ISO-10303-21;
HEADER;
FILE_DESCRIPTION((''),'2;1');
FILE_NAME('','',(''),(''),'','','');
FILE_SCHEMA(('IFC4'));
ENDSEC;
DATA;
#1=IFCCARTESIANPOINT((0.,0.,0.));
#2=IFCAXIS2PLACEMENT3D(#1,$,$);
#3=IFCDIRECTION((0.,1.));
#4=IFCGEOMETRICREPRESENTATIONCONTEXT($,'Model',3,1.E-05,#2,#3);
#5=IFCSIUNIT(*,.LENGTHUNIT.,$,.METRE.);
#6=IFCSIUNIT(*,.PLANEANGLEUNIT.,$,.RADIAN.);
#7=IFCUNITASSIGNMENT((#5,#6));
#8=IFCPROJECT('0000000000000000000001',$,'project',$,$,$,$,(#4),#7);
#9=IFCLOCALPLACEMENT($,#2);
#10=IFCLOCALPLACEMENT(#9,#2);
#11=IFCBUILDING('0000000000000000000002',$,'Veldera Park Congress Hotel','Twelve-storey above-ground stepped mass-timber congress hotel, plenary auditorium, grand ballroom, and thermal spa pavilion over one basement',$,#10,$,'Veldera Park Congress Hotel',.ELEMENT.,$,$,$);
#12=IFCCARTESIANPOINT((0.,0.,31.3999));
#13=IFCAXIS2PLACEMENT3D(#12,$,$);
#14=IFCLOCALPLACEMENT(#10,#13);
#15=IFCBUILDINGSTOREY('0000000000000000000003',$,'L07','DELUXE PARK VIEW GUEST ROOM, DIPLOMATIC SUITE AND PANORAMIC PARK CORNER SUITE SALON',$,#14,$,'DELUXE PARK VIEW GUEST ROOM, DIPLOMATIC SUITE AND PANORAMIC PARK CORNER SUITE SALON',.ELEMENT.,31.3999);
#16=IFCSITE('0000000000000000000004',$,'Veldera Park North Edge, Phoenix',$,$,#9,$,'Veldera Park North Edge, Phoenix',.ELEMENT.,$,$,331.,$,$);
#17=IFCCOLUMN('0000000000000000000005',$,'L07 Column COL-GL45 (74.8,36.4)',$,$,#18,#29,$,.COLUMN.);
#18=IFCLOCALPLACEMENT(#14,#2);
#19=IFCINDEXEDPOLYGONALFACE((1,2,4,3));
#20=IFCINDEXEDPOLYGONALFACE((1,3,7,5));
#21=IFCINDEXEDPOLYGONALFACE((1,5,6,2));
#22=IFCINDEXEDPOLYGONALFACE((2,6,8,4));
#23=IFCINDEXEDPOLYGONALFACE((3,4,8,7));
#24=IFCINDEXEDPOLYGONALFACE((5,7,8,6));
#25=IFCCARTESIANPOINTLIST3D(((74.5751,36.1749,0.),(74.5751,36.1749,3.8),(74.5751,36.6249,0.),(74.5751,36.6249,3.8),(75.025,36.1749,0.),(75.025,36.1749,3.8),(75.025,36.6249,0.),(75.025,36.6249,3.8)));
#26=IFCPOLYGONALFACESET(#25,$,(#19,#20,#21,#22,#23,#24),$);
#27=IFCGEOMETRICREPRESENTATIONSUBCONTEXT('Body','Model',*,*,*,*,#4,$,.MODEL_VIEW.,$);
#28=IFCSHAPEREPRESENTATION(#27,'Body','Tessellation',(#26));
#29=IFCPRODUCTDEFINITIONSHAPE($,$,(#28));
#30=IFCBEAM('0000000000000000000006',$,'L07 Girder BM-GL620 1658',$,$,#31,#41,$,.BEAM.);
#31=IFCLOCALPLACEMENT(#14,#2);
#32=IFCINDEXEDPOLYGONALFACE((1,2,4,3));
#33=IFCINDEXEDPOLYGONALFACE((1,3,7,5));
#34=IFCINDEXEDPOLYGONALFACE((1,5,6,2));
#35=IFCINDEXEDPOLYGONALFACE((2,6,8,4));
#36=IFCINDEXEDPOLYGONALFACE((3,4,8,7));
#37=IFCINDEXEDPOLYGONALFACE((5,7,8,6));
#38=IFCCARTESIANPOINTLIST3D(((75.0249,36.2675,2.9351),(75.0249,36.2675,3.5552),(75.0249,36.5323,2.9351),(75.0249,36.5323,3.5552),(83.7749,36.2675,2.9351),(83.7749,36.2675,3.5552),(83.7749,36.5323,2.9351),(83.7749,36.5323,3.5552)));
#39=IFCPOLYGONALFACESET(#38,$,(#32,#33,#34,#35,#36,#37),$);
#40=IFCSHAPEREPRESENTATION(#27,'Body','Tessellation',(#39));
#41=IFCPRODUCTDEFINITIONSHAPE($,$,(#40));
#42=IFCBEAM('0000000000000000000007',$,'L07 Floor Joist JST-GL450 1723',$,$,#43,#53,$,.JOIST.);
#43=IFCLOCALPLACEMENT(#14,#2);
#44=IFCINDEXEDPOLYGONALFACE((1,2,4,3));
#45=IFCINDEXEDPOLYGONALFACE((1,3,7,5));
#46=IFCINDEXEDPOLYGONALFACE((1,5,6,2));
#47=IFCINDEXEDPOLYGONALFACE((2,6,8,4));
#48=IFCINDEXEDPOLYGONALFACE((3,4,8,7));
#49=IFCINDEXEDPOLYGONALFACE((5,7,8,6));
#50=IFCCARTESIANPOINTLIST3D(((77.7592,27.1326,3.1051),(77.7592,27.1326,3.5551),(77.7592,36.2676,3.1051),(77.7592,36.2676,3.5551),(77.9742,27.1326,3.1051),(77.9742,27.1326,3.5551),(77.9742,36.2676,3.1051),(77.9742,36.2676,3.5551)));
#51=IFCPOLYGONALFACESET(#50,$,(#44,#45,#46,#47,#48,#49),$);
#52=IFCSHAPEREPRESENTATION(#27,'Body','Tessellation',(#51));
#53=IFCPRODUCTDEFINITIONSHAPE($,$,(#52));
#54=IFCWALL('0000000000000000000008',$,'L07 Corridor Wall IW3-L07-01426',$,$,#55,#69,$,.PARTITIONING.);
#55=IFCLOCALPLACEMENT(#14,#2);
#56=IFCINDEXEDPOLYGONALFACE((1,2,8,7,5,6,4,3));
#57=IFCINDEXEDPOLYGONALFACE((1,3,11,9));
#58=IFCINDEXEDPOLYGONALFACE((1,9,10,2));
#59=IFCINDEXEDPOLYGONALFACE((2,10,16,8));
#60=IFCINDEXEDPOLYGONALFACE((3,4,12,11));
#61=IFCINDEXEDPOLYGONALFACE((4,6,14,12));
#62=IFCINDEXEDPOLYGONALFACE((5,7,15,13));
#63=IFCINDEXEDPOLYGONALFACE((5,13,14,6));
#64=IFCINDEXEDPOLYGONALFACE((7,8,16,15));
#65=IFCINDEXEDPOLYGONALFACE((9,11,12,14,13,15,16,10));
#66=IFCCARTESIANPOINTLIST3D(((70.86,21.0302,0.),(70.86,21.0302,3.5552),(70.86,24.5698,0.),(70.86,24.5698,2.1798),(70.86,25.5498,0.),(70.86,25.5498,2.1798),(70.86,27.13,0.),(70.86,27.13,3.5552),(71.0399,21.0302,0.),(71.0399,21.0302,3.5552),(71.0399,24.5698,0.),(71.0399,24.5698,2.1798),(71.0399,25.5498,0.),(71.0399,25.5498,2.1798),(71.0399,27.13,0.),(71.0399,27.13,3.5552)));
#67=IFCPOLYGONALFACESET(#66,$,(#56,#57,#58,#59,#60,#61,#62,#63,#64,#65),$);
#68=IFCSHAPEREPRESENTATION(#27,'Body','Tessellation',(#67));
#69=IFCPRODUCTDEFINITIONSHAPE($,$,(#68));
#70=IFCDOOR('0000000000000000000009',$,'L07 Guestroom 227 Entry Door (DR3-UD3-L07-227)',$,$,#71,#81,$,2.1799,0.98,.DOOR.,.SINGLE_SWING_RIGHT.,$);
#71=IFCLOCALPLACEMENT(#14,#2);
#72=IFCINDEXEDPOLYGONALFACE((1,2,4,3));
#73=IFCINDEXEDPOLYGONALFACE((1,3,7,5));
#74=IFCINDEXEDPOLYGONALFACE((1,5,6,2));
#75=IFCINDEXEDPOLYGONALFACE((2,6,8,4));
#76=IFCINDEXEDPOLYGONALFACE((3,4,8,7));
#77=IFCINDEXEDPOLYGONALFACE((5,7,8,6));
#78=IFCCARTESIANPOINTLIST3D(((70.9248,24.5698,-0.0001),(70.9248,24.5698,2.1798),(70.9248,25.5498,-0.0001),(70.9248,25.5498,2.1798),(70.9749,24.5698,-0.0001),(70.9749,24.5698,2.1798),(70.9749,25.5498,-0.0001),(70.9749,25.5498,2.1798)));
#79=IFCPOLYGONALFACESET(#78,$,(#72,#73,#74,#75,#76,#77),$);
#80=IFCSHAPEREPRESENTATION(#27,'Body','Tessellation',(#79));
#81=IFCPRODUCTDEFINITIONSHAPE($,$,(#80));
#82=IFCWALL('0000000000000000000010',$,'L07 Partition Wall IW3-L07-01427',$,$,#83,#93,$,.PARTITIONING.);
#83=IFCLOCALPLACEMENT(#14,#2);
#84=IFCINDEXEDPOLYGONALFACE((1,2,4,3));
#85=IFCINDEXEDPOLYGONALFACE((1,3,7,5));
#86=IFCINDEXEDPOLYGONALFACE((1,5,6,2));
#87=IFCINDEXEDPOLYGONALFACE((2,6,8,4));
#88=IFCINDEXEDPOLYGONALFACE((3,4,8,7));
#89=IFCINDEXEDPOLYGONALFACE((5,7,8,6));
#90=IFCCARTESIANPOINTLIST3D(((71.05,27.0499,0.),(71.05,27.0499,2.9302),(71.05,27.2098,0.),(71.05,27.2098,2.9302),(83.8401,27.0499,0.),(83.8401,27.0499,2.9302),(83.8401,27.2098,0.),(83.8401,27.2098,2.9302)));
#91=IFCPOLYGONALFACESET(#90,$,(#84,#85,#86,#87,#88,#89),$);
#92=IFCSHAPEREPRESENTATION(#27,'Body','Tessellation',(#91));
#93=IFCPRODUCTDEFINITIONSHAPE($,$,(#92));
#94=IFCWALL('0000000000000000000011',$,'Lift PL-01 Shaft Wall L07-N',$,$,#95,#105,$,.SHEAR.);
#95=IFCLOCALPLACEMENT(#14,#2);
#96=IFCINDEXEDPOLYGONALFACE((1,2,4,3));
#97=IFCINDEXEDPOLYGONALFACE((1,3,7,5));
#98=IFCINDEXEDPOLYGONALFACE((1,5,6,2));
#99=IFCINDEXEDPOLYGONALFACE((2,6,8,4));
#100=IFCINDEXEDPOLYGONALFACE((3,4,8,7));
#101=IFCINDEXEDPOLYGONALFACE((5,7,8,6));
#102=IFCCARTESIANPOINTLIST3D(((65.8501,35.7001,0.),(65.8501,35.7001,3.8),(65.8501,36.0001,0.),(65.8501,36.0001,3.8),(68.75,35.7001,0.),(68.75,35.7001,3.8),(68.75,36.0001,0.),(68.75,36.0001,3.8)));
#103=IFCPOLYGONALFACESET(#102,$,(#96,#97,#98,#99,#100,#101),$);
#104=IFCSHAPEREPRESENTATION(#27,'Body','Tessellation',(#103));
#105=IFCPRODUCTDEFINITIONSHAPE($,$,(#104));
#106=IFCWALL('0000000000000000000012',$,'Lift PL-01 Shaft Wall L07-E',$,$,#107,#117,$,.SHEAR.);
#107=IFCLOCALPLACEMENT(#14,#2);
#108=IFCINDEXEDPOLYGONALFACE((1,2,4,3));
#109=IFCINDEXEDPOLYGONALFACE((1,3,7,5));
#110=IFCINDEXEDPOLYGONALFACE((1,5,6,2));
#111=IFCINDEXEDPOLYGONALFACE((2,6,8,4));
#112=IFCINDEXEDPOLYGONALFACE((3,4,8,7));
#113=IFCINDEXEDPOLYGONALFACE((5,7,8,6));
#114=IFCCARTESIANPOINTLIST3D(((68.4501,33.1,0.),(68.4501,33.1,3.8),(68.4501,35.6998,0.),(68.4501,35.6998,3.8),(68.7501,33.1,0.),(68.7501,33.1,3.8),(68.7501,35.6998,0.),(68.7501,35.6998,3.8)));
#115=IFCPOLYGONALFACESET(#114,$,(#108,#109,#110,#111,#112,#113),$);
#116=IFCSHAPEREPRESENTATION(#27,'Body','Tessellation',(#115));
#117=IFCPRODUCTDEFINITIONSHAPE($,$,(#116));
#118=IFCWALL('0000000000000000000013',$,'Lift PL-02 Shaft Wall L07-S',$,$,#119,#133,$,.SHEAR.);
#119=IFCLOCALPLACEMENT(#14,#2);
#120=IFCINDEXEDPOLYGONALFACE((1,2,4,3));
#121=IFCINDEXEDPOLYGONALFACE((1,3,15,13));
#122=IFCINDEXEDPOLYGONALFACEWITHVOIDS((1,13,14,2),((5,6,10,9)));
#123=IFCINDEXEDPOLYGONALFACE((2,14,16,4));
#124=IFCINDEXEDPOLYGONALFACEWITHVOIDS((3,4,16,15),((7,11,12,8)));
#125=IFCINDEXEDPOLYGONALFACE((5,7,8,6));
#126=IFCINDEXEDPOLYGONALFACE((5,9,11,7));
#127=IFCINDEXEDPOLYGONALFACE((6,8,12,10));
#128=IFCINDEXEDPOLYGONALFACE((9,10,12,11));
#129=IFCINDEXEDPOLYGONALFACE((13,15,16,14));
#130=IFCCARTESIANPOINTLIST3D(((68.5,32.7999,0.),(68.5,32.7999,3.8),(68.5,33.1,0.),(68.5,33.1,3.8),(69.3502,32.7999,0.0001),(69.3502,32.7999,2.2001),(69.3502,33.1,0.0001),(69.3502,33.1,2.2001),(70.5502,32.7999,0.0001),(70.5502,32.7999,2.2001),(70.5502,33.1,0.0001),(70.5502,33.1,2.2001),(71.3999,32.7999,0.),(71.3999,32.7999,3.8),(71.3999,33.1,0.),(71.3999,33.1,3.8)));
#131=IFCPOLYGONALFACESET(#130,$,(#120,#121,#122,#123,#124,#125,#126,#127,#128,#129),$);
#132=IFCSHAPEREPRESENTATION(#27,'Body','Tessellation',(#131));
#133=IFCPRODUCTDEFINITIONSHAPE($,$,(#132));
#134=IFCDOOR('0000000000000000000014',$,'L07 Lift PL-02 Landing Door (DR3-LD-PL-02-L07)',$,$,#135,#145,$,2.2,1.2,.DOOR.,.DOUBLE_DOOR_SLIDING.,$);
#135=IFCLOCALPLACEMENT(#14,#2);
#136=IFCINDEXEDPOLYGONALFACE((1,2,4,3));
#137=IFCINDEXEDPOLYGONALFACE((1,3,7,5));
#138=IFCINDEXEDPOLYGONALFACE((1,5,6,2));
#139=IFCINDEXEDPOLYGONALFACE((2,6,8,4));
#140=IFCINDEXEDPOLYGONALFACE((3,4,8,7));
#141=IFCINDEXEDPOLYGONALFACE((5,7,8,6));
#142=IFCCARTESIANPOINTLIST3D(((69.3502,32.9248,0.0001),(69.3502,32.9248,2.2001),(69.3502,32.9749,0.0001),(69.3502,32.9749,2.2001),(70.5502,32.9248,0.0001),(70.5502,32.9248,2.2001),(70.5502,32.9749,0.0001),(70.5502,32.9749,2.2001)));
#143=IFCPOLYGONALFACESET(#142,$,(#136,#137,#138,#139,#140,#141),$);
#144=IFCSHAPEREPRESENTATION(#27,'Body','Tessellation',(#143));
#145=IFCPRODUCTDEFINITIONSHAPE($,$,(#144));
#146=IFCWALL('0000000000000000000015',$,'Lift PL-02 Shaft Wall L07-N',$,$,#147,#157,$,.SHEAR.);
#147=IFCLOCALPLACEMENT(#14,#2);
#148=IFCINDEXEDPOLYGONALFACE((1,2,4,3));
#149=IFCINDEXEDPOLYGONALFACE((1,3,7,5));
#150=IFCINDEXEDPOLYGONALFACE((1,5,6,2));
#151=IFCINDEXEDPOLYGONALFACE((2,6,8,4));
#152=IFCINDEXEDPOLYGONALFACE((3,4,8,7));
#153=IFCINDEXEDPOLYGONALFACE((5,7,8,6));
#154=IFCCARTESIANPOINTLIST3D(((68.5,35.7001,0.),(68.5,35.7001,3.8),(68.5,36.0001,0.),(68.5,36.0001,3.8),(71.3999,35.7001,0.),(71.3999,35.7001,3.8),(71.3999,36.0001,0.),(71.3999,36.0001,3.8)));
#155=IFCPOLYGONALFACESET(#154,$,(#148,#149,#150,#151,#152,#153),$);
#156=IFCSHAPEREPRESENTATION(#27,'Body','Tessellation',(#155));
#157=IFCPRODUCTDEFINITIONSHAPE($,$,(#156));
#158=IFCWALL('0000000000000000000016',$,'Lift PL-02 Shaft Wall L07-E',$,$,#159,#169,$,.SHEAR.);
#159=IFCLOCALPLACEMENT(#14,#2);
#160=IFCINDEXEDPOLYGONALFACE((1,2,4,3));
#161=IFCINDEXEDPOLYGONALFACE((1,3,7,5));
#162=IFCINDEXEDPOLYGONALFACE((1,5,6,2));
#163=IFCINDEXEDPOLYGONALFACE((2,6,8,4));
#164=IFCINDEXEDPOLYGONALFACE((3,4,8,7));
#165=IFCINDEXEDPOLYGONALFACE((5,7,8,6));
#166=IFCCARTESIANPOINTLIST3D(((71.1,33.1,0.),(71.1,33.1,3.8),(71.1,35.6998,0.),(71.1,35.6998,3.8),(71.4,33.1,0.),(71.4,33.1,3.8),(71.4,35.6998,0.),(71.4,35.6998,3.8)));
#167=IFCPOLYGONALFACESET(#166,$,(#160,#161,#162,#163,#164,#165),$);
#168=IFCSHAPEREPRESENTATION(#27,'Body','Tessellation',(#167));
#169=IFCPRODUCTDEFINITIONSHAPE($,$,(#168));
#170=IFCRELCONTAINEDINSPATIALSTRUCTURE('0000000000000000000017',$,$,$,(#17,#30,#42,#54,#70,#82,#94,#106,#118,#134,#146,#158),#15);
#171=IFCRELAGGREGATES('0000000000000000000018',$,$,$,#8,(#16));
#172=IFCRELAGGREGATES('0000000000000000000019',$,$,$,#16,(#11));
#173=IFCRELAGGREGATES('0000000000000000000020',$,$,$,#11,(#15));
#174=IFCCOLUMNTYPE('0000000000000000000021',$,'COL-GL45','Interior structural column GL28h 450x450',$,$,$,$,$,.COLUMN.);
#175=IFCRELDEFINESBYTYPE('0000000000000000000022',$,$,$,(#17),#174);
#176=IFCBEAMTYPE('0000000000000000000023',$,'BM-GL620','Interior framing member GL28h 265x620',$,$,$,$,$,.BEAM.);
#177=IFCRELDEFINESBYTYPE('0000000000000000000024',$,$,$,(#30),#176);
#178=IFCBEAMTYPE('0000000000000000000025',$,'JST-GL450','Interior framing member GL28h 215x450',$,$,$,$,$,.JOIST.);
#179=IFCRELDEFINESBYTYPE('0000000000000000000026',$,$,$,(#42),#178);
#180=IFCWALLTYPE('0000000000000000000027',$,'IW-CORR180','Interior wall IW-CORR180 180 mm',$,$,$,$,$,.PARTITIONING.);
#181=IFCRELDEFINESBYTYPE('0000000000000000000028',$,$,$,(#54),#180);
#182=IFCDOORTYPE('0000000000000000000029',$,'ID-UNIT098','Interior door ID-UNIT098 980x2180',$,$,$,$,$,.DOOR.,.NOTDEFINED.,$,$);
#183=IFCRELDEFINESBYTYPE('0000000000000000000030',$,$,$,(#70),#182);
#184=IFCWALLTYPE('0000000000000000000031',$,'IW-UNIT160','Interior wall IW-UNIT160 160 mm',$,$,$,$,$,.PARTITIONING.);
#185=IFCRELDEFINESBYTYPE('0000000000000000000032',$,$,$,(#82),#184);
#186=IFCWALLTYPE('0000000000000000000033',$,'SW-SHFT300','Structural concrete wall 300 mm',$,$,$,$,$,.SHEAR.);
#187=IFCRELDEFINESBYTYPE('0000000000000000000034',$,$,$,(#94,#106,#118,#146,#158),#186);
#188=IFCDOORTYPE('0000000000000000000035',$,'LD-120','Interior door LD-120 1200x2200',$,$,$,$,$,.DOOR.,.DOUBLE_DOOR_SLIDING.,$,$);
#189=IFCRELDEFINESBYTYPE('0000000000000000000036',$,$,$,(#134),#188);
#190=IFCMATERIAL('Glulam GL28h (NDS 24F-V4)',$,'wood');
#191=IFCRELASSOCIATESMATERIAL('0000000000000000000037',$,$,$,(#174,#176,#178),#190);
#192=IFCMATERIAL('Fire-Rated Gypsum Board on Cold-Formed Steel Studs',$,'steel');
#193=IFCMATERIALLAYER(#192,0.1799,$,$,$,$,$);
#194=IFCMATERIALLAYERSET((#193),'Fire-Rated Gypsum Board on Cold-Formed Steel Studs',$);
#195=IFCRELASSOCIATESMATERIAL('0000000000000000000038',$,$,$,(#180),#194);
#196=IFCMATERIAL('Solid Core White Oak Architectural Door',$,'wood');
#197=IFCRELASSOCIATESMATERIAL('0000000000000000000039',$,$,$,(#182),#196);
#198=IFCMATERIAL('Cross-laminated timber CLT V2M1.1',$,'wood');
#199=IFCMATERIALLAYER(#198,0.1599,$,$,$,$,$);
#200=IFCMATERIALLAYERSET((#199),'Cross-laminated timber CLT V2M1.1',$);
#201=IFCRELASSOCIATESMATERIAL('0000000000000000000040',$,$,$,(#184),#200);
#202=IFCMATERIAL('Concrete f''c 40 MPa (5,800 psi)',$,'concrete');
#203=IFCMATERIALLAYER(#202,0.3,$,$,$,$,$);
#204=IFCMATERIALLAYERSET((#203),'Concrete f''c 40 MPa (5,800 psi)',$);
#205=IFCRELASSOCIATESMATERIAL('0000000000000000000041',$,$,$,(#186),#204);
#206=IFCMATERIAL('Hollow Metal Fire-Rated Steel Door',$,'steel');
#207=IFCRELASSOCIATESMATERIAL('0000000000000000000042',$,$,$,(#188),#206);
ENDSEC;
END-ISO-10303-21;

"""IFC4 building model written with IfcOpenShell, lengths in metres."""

from ifc_helpers import new_model, si_unit, direction, frame, frame_2d, origin, origin_2d, place, context, subcontext, project, spatial, rectangle, extrude, material, layer, layer_set, material_profile, profile_set, type_object, element, fill, save


model = new_model("IFC4")

# Units and contexts
model_context = context("Model", 3, precision=1e-05, world=origin(), true_north=direction((0.0, 1.0)))
body_context = subcontext(model_context, "Body", "Model", "MODEL_VIEW")
ifc_project = project(units=[si_unit("LENGTHUNIT", "METRE"), si_unit("PLANEANGLEUNIT", "RADIAN")], contexts=[model_context])

# Site, building, storey
site_placement = place(None, origin())
site = spatial("IfcSite", under=ifc_project, at=site_placement, Name="Veldera Park North Edge, Phoenix", LongName="Veldera Park North Edge, Phoenix", CompositionType="ELEMENT", RefElevation=331.0)
building_placement = place(site_placement, origin())
building = spatial("IfcBuilding", under=site, at=building_placement, Name="Veldera Park Congress Hotel", Description="Twelve-storey above-ground stepped mass-timber congress hotel, plenary auditorium, grand ballroom, and thermal spa pavilion over one basement", LongName="Veldera Park Congress Hotel", CompositionType="ELEMENT")
storey_placement = place(building_placement, frame((0.0, 0.0, 31.3999)))
storey = spatial("IfcBuildingStorey", under=building, at=storey_placement, Name="L07", Description="DELUXE PARK VIEW GUEST ROOM, DIPLOMATIC SUITE AND PANORAMIC PARK CORNER SUITE SALON", LongName="DELUXE PARK VIEW GUEST ROOM, DIPLOMATIC SUITE AND PANORAMIC PARK CORNER SUITE SALON", CompositionType="ELEMENT", Elevation=31.3999)

# Column
ifc_material_1 = material(Name="Glulam GL28h (NDS 24F-V4)", Category="wood")
ifc_material_profile_1 = material_profile(ifc_material_1, rectangle(XDim=0.45, YDim=0.45, at=origin_2d()), Name="GL28h 450x450")
ifc_profile_set_1 = profile_set([ifc_material_profile_1], Name="Glulam GL28h (NDS 24F-V4)")
column_type = type_object("IfcColumnType", Name="COL-GL45", Description="Interior structural column GL28h 450x450", PredefinedType="COLUMN", material=ifc_profile_set_1)
column_placement = place(storey_placement, frame((74.8, 36.3999, 0.0), z_axis=(0.0, 0.0, 1.0), x_axis=(1.0, 0.0, 0.0)))
element("IfcColumn", 1, at=column_placement, inside=storey, type_object=column_type, Name="L07 Column COL-GL45 (74.8,36.4)", PredefinedType="COLUMN", context=body_context, shape_type="SweptSolid", body=[
    extrude(rectangle(XDim=0.45, YDim=0.45, at=origin_2d()), origin(), (0.0, 0.0, 1.0), 3.8),
])

# Beams
ifc_material_profile_2 = material_profile(ifc_material_1, rectangle(XDim=0.2649, YDim=0.6201, at=origin_2d()), Name="GL28h 265x620")
ifc_profile_set_2 = profile_set([ifc_material_profile_2], Name="Glulam GL28h (NDS 24F-V4)")
beam_type_1 = type_object("IfcBeamType", Name="BM-GL620", Description="Interior framing member GL28h 265x620", PredefinedType="BEAM", material=ifc_profile_set_2)
beam_1_placement = place(storey_placement, frame((75.0249, 36.3999, 3.2451), z_axis=(1.0, 0.0, 0.0), x_axis=(0.0, 1.0, 0.0)))
element("IfcBeam", 2, at=beam_1_placement, inside=storey, type_object=beam_type_1, Name="L07 Girder BM-GL620 1658", PredefinedType="BEAM", context=body_context, shape_type="SweptSolid", body=[
    extrude(rectangle(XDim=0.2649, YDim=0.6201, at=origin_2d()), origin(), (0.0, 0.0, 1.0), 8.75),
])
ifc_material_profile_3 = material_profile(ifc_material_1, rectangle(XDim=0.2151, YDim=0.45, at=origin_2d()), Name="GL28h 215x450")
ifc_profile_set_3 = profile_set([ifc_material_profile_3], Name="Glulam GL28h (NDS 24F-V4)")
beam_type_2 = type_object("IfcBeamType", Name="JST-GL450", Description="Interior framing member GL28h 215x450", PredefinedType="JOIST", material=ifc_profile_set_3)
beam_2_placement = place(storey_placement, frame((77.8667, 27.1326, 3.3301), z_axis=(0.0, 1.0, 0.0), x_axis=(-1.0, 0.0, 0.0)))
element("IfcBeam", 3, at=beam_2_placement, inside=storey, type_object=beam_type_2, Name="L07 Floor Joist JST-GL450 1723", PredefinedType="JOIST", context=body_context, shape_type="SweptSolid", body=[
    extrude(rectangle(XDim=0.2151, YDim=0.45, at=origin_2d()), origin(), (0.0, 0.0, 1.0), 9.135),
])

# Wall, opening, door
ifc_material_2 = material(Name="Fire-Rated Gypsum Board on Cold-Formed Steel Studs", Category="steel")
ifc_layer_1 = layer(ifc_material_2, 0.1799)
ifc_layer_set_1 = layer_set([ifc_layer_1], Name="Fire-Rated Gypsum Board on Cold-Formed Steel Studs")
wall_type_1 = type_object("IfcWallType", Name="IW-CORR180", Description="Interior wall IW-CORR180 180 mm", PredefinedType="PARTITIONING", material=ifc_layer_set_1)
wall_1_placement = place(storey_placement, frame((70.95, 27.1299, 0.0), z_axis=(0.0, 0.0, 1.0), x_axis=(0.0, -1.0, 0.0)))
wall_1 = element("IfcWall", 4, at=wall_1_placement, inside=storey, type_object=wall_type_1, Name="L07 Corridor Wall IW3-L07-01426", PredefinedType="PARTITIONING", context=body_context, shape_type="SweptSolid", body=[
    extrude(rectangle(XDim=6.0999, YDim=0.1799, at=frame_2d((3.0498, 0.0))), origin(), (0.0, 0.0, 1.0), 3.5552),
])
opening_1_placement = place(wall_1_placement, frame((1.5801, 0.0, 0.0)))
opening_1 = element("IfcOpeningElement", 5, at=opening_1_placement, cuts=wall_1, PredefinedType="OPENING", context=body_context, shape_type="SweptSolid", body=[
    extrude(rectangle(XDim=0.98, YDim=2.1799, at=frame_2d((0.49, 1.0898))), frame((0.0, 0.1021, 0.0), z_axis=(0.0, -1.0, 0.0), x_axis=(1.0, 0.0, 0.0)), (0.0, 0.0, 1.0), 0.2039),
])
ifc_material_3 = material(Name="Solid Core White Oak Architectural Door", Category="wood")
door_type_1 = type_object("IfcDoorType", Name="ID-UNIT098", Description="Interior door ID-UNIT098 980x2180", OperationType="NOTDEFINED", PredefinedType="DOOR", material=ifc_material_3)
door_1_placement = place(opening_1_placement, origin())
door_1 = element("IfcDoor", 6, at=door_1_placement, inside=storey, type_object=door_type_1, Name="L07 Guestroom 227 Entry Door (DR3-UD3-L07-227)", OperationType="SINGLE_SWING_RIGHT", OverallHeight=2.1799, OverallWidth=0.98, PredefinedType="DOOR", context=body_context, shape_type="SweptSolid", body=[
    extrude(rectangle(XDim=0.98, YDim=2.1799, at=frame_2d((0.49, 1.0898))), frame((0.0, 0.0249, 0.0), z_axis=(0.0, -1.0, 0.0), x_axis=(1.0, 0.0, 0.0)), (0.0, 0.0, 1.0), 0.05),
])
fill(opening_1, door_1)

# Walls
ifc_material_4 = material(Name="Cross-laminated timber CLT V2M1.1", Category="wood")
ifc_layer_2 = layer(ifc_material_4, 0.1599)
ifc_layer_set_2 = layer_set([ifc_layer_2], Name="Cross-laminated timber CLT V2M1.1")
wall_type_2 = type_object("IfcWallType", Name="IW-UNIT160", Description="Interior wall IW-UNIT160 160 mm", PredefinedType="PARTITIONING", material=ifc_layer_set_2)
wall_2_placement = place(storey_placement, frame((71.05, 27.1299, 0.0), z_axis=(0.0, 0.0, 1.0), x_axis=(1.0, 0.0, 0.0)))
element("IfcWall", 7, at=wall_2_placement, inside=storey, type_object=wall_type_2, Name="L07 Partition Wall IW3-L07-01427", PredefinedType="PARTITIONING", context=body_context, shape_type="SweptSolid", body=[
    extrude(rectangle(XDim=12.79, YDim=0.1599, at=frame_2d((6.395, 0.0))), origin(), (0.0, 0.0, 1.0), 2.9302),
])
ifc_material_5 = material(Name="Concrete f'c 40 MPa (5,800 psi)", Category="concrete")
ifc_layer_3 = layer(ifc_material_5, 0.3)
ifc_layer_set_3 = layer_set([ifc_layer_3], Name="Concrete f'c 40 MPa (5,800 psi)")
wall_type_3 = type_object("IfcWallType", Name="SW-SHFT300", Description="Structural concrete wall 300 mm", PredefinedType="SHEAR", material=ifc_layer_set_3)
wall_3_placement = place(storey_placement, frame((68.75, 35.8501, 0.0), z_axis=(0.0, 0.0, 1.0), x_axis=(-1.0, 0.0, 0.0)))
element("IfcWall", 8, at=wall_3_placement, inside=storey, type_object=wall_type_3, Name="Lift PL-01 Shaft Wall L07-N", PredefinedType="SHEAR", context=body_context, shape_type="SweptSolid", body=[
    extrude(rectangle(XDim=2.8999, YDim=0.3, at=frame_2d((1.45, 0.0))), origin(), (0.0, 0.0, 1.0), 3.8),
])
wall_4_placement = place(storey_placement, frame((68.6001, 33.1001, 0.0), z_axis=(0.0, 0.0, 1.0), x_axis=(0.0, 1.0, 0.0)))
element("IfcWall", 9, at=wall_4_placement, inside=storey, type_object=wall_type_3, Name="Lift PL-01 Shaft Wall L07-E", PredefinedType="SHEAR", context=body_context, shape_type="SweptSolid", body=[
    extrude(rectangle(XDim=2.5999, YDim=0.3, at=frame_2d((1.2998, 0.0))), origin(), (0.0, 0.0, 1.0), 3.8),
])

# Wall, opening, door
wall_5_placement = place(storey_placement, frame((68.5, 32.95, 0.0), z_axis=(0.0, 0.0, 1.0), x_axis=(1.0, 0.0, 0.0)))
wall_5 = element("IfcWall", 10, at=wall_5_placement, inside=storey, type_object=wall_type_3, Name="Lift PL-02 Shaft Wall L07-S", PredefinedType="SHEAR", context=body_context, shape_type="SweptSolid", body=[
    extrude(rectangle(XDim=2.8999, YDim=0.3, at=frame_2d((1.45, 0.0))), origin(), (0.0, 0.0, 1.0), 3.8),
])
opening_2_placement = place(wall_5_placement, frame((0.8501, 0.0, 0.0)))
opening_2 = element("IfcOpeningElement", 11, at=opening_2_placement, cuts=wall_5, PredefinedType="OPENING", context=body_context, shape_type="SweptSolid", body=[
    extrude(rectangle(XDim=1.2, YDim=2.2, at=frame_2d((0.6001, 1.1001))), frame((0.0, 0.1621, 0.0), z_axis=(0.0, -1.0, 0.0), x_axis=(1.0, 0.0, 0.0)), (0.0, 0.0, 1.0), 0.324),
])
ifc_material_6 = material(Name="Hollow Metal Fire-Rated Steel Door", Category="steel")
door_type_2 = type_object("IfcDoorType", Name="LD-120", Description="Interior door LD-120 1200x2200", OperationType="DOUBLE_DOOR_SLIDING", PredefinedType="DOOR", material=ifc_material_6)
door_2_placement = place(opening_2_placement, origin())
door_2 = element("IfcDoor", 12, at=door_2_placement, inside=storey, type_object=door_type_2, Name="L07 Lift PL-02 Landing Door (DR3-LD-PL-02-L07)", OperationType="DOUBLE_DOOR_SLIDING", OverallHeight=2.2, OverallWidth=1.2, PredefinedType="DOOR", context=body_context, shape_type="SweptSolid", body=[
    extrude(rectangle(XDim=1.2, YDim=2.2, at=frame_2d((0.6001, 1.1001))), frame((0.0, 0.0249, 0.0), z_axis=(0.0, -1.0, 0.0), x_axis=(1.0, 0.0, 0.0)), (0.0, 0.0, 1.0), 0.05),
])
fill(opening_2, door_2)

# Walls
wall_6_placement = place(storey_placement, frame((71.3999, 35.8501, 0.0), z_axis=(0.0, 0.0, 1.0), x_axis=(-1.0, 0.0, 0.0)))
element("IfcWall", 13, at=wall_6_placement, inside=storey, type_object=wall_type_3, Name="Lift PL-02 Shaft Wall L07-N", PredefinedType="SHEAR", context=body_context, shape_type="SweptSolid", body=[
    extrude(rectangle(XDim=2.8999, YDim=0.3, at=frame_2d((1.45, 0.0))), origin(), (0.0, 0.0, 1.0), 3.8),
])
wall_7_placement = place(storey_placement, frame((71.25, 33.1001, 0.0), z_axis=(0.0, 0.0, 1.0), x_axis=(0.0, 1.0, 0.0)))
element("IfcWall", 14, at=wall_7_placement, inside=storey, type_object=wall_type_3, Name="Lift PL-02 Shaft Wall L07-E", PredefinedType="SHEAR", context=body_context, shape_type="SweptSolid", body=[
    extrude(rectangle(XDim=2.5999, YDim=0.3, at=frame_2d((1.2998, 0.0))), origin(), (0.0, 0.0, 1.0), 3.8),
])

save(model, "model.ifc")
